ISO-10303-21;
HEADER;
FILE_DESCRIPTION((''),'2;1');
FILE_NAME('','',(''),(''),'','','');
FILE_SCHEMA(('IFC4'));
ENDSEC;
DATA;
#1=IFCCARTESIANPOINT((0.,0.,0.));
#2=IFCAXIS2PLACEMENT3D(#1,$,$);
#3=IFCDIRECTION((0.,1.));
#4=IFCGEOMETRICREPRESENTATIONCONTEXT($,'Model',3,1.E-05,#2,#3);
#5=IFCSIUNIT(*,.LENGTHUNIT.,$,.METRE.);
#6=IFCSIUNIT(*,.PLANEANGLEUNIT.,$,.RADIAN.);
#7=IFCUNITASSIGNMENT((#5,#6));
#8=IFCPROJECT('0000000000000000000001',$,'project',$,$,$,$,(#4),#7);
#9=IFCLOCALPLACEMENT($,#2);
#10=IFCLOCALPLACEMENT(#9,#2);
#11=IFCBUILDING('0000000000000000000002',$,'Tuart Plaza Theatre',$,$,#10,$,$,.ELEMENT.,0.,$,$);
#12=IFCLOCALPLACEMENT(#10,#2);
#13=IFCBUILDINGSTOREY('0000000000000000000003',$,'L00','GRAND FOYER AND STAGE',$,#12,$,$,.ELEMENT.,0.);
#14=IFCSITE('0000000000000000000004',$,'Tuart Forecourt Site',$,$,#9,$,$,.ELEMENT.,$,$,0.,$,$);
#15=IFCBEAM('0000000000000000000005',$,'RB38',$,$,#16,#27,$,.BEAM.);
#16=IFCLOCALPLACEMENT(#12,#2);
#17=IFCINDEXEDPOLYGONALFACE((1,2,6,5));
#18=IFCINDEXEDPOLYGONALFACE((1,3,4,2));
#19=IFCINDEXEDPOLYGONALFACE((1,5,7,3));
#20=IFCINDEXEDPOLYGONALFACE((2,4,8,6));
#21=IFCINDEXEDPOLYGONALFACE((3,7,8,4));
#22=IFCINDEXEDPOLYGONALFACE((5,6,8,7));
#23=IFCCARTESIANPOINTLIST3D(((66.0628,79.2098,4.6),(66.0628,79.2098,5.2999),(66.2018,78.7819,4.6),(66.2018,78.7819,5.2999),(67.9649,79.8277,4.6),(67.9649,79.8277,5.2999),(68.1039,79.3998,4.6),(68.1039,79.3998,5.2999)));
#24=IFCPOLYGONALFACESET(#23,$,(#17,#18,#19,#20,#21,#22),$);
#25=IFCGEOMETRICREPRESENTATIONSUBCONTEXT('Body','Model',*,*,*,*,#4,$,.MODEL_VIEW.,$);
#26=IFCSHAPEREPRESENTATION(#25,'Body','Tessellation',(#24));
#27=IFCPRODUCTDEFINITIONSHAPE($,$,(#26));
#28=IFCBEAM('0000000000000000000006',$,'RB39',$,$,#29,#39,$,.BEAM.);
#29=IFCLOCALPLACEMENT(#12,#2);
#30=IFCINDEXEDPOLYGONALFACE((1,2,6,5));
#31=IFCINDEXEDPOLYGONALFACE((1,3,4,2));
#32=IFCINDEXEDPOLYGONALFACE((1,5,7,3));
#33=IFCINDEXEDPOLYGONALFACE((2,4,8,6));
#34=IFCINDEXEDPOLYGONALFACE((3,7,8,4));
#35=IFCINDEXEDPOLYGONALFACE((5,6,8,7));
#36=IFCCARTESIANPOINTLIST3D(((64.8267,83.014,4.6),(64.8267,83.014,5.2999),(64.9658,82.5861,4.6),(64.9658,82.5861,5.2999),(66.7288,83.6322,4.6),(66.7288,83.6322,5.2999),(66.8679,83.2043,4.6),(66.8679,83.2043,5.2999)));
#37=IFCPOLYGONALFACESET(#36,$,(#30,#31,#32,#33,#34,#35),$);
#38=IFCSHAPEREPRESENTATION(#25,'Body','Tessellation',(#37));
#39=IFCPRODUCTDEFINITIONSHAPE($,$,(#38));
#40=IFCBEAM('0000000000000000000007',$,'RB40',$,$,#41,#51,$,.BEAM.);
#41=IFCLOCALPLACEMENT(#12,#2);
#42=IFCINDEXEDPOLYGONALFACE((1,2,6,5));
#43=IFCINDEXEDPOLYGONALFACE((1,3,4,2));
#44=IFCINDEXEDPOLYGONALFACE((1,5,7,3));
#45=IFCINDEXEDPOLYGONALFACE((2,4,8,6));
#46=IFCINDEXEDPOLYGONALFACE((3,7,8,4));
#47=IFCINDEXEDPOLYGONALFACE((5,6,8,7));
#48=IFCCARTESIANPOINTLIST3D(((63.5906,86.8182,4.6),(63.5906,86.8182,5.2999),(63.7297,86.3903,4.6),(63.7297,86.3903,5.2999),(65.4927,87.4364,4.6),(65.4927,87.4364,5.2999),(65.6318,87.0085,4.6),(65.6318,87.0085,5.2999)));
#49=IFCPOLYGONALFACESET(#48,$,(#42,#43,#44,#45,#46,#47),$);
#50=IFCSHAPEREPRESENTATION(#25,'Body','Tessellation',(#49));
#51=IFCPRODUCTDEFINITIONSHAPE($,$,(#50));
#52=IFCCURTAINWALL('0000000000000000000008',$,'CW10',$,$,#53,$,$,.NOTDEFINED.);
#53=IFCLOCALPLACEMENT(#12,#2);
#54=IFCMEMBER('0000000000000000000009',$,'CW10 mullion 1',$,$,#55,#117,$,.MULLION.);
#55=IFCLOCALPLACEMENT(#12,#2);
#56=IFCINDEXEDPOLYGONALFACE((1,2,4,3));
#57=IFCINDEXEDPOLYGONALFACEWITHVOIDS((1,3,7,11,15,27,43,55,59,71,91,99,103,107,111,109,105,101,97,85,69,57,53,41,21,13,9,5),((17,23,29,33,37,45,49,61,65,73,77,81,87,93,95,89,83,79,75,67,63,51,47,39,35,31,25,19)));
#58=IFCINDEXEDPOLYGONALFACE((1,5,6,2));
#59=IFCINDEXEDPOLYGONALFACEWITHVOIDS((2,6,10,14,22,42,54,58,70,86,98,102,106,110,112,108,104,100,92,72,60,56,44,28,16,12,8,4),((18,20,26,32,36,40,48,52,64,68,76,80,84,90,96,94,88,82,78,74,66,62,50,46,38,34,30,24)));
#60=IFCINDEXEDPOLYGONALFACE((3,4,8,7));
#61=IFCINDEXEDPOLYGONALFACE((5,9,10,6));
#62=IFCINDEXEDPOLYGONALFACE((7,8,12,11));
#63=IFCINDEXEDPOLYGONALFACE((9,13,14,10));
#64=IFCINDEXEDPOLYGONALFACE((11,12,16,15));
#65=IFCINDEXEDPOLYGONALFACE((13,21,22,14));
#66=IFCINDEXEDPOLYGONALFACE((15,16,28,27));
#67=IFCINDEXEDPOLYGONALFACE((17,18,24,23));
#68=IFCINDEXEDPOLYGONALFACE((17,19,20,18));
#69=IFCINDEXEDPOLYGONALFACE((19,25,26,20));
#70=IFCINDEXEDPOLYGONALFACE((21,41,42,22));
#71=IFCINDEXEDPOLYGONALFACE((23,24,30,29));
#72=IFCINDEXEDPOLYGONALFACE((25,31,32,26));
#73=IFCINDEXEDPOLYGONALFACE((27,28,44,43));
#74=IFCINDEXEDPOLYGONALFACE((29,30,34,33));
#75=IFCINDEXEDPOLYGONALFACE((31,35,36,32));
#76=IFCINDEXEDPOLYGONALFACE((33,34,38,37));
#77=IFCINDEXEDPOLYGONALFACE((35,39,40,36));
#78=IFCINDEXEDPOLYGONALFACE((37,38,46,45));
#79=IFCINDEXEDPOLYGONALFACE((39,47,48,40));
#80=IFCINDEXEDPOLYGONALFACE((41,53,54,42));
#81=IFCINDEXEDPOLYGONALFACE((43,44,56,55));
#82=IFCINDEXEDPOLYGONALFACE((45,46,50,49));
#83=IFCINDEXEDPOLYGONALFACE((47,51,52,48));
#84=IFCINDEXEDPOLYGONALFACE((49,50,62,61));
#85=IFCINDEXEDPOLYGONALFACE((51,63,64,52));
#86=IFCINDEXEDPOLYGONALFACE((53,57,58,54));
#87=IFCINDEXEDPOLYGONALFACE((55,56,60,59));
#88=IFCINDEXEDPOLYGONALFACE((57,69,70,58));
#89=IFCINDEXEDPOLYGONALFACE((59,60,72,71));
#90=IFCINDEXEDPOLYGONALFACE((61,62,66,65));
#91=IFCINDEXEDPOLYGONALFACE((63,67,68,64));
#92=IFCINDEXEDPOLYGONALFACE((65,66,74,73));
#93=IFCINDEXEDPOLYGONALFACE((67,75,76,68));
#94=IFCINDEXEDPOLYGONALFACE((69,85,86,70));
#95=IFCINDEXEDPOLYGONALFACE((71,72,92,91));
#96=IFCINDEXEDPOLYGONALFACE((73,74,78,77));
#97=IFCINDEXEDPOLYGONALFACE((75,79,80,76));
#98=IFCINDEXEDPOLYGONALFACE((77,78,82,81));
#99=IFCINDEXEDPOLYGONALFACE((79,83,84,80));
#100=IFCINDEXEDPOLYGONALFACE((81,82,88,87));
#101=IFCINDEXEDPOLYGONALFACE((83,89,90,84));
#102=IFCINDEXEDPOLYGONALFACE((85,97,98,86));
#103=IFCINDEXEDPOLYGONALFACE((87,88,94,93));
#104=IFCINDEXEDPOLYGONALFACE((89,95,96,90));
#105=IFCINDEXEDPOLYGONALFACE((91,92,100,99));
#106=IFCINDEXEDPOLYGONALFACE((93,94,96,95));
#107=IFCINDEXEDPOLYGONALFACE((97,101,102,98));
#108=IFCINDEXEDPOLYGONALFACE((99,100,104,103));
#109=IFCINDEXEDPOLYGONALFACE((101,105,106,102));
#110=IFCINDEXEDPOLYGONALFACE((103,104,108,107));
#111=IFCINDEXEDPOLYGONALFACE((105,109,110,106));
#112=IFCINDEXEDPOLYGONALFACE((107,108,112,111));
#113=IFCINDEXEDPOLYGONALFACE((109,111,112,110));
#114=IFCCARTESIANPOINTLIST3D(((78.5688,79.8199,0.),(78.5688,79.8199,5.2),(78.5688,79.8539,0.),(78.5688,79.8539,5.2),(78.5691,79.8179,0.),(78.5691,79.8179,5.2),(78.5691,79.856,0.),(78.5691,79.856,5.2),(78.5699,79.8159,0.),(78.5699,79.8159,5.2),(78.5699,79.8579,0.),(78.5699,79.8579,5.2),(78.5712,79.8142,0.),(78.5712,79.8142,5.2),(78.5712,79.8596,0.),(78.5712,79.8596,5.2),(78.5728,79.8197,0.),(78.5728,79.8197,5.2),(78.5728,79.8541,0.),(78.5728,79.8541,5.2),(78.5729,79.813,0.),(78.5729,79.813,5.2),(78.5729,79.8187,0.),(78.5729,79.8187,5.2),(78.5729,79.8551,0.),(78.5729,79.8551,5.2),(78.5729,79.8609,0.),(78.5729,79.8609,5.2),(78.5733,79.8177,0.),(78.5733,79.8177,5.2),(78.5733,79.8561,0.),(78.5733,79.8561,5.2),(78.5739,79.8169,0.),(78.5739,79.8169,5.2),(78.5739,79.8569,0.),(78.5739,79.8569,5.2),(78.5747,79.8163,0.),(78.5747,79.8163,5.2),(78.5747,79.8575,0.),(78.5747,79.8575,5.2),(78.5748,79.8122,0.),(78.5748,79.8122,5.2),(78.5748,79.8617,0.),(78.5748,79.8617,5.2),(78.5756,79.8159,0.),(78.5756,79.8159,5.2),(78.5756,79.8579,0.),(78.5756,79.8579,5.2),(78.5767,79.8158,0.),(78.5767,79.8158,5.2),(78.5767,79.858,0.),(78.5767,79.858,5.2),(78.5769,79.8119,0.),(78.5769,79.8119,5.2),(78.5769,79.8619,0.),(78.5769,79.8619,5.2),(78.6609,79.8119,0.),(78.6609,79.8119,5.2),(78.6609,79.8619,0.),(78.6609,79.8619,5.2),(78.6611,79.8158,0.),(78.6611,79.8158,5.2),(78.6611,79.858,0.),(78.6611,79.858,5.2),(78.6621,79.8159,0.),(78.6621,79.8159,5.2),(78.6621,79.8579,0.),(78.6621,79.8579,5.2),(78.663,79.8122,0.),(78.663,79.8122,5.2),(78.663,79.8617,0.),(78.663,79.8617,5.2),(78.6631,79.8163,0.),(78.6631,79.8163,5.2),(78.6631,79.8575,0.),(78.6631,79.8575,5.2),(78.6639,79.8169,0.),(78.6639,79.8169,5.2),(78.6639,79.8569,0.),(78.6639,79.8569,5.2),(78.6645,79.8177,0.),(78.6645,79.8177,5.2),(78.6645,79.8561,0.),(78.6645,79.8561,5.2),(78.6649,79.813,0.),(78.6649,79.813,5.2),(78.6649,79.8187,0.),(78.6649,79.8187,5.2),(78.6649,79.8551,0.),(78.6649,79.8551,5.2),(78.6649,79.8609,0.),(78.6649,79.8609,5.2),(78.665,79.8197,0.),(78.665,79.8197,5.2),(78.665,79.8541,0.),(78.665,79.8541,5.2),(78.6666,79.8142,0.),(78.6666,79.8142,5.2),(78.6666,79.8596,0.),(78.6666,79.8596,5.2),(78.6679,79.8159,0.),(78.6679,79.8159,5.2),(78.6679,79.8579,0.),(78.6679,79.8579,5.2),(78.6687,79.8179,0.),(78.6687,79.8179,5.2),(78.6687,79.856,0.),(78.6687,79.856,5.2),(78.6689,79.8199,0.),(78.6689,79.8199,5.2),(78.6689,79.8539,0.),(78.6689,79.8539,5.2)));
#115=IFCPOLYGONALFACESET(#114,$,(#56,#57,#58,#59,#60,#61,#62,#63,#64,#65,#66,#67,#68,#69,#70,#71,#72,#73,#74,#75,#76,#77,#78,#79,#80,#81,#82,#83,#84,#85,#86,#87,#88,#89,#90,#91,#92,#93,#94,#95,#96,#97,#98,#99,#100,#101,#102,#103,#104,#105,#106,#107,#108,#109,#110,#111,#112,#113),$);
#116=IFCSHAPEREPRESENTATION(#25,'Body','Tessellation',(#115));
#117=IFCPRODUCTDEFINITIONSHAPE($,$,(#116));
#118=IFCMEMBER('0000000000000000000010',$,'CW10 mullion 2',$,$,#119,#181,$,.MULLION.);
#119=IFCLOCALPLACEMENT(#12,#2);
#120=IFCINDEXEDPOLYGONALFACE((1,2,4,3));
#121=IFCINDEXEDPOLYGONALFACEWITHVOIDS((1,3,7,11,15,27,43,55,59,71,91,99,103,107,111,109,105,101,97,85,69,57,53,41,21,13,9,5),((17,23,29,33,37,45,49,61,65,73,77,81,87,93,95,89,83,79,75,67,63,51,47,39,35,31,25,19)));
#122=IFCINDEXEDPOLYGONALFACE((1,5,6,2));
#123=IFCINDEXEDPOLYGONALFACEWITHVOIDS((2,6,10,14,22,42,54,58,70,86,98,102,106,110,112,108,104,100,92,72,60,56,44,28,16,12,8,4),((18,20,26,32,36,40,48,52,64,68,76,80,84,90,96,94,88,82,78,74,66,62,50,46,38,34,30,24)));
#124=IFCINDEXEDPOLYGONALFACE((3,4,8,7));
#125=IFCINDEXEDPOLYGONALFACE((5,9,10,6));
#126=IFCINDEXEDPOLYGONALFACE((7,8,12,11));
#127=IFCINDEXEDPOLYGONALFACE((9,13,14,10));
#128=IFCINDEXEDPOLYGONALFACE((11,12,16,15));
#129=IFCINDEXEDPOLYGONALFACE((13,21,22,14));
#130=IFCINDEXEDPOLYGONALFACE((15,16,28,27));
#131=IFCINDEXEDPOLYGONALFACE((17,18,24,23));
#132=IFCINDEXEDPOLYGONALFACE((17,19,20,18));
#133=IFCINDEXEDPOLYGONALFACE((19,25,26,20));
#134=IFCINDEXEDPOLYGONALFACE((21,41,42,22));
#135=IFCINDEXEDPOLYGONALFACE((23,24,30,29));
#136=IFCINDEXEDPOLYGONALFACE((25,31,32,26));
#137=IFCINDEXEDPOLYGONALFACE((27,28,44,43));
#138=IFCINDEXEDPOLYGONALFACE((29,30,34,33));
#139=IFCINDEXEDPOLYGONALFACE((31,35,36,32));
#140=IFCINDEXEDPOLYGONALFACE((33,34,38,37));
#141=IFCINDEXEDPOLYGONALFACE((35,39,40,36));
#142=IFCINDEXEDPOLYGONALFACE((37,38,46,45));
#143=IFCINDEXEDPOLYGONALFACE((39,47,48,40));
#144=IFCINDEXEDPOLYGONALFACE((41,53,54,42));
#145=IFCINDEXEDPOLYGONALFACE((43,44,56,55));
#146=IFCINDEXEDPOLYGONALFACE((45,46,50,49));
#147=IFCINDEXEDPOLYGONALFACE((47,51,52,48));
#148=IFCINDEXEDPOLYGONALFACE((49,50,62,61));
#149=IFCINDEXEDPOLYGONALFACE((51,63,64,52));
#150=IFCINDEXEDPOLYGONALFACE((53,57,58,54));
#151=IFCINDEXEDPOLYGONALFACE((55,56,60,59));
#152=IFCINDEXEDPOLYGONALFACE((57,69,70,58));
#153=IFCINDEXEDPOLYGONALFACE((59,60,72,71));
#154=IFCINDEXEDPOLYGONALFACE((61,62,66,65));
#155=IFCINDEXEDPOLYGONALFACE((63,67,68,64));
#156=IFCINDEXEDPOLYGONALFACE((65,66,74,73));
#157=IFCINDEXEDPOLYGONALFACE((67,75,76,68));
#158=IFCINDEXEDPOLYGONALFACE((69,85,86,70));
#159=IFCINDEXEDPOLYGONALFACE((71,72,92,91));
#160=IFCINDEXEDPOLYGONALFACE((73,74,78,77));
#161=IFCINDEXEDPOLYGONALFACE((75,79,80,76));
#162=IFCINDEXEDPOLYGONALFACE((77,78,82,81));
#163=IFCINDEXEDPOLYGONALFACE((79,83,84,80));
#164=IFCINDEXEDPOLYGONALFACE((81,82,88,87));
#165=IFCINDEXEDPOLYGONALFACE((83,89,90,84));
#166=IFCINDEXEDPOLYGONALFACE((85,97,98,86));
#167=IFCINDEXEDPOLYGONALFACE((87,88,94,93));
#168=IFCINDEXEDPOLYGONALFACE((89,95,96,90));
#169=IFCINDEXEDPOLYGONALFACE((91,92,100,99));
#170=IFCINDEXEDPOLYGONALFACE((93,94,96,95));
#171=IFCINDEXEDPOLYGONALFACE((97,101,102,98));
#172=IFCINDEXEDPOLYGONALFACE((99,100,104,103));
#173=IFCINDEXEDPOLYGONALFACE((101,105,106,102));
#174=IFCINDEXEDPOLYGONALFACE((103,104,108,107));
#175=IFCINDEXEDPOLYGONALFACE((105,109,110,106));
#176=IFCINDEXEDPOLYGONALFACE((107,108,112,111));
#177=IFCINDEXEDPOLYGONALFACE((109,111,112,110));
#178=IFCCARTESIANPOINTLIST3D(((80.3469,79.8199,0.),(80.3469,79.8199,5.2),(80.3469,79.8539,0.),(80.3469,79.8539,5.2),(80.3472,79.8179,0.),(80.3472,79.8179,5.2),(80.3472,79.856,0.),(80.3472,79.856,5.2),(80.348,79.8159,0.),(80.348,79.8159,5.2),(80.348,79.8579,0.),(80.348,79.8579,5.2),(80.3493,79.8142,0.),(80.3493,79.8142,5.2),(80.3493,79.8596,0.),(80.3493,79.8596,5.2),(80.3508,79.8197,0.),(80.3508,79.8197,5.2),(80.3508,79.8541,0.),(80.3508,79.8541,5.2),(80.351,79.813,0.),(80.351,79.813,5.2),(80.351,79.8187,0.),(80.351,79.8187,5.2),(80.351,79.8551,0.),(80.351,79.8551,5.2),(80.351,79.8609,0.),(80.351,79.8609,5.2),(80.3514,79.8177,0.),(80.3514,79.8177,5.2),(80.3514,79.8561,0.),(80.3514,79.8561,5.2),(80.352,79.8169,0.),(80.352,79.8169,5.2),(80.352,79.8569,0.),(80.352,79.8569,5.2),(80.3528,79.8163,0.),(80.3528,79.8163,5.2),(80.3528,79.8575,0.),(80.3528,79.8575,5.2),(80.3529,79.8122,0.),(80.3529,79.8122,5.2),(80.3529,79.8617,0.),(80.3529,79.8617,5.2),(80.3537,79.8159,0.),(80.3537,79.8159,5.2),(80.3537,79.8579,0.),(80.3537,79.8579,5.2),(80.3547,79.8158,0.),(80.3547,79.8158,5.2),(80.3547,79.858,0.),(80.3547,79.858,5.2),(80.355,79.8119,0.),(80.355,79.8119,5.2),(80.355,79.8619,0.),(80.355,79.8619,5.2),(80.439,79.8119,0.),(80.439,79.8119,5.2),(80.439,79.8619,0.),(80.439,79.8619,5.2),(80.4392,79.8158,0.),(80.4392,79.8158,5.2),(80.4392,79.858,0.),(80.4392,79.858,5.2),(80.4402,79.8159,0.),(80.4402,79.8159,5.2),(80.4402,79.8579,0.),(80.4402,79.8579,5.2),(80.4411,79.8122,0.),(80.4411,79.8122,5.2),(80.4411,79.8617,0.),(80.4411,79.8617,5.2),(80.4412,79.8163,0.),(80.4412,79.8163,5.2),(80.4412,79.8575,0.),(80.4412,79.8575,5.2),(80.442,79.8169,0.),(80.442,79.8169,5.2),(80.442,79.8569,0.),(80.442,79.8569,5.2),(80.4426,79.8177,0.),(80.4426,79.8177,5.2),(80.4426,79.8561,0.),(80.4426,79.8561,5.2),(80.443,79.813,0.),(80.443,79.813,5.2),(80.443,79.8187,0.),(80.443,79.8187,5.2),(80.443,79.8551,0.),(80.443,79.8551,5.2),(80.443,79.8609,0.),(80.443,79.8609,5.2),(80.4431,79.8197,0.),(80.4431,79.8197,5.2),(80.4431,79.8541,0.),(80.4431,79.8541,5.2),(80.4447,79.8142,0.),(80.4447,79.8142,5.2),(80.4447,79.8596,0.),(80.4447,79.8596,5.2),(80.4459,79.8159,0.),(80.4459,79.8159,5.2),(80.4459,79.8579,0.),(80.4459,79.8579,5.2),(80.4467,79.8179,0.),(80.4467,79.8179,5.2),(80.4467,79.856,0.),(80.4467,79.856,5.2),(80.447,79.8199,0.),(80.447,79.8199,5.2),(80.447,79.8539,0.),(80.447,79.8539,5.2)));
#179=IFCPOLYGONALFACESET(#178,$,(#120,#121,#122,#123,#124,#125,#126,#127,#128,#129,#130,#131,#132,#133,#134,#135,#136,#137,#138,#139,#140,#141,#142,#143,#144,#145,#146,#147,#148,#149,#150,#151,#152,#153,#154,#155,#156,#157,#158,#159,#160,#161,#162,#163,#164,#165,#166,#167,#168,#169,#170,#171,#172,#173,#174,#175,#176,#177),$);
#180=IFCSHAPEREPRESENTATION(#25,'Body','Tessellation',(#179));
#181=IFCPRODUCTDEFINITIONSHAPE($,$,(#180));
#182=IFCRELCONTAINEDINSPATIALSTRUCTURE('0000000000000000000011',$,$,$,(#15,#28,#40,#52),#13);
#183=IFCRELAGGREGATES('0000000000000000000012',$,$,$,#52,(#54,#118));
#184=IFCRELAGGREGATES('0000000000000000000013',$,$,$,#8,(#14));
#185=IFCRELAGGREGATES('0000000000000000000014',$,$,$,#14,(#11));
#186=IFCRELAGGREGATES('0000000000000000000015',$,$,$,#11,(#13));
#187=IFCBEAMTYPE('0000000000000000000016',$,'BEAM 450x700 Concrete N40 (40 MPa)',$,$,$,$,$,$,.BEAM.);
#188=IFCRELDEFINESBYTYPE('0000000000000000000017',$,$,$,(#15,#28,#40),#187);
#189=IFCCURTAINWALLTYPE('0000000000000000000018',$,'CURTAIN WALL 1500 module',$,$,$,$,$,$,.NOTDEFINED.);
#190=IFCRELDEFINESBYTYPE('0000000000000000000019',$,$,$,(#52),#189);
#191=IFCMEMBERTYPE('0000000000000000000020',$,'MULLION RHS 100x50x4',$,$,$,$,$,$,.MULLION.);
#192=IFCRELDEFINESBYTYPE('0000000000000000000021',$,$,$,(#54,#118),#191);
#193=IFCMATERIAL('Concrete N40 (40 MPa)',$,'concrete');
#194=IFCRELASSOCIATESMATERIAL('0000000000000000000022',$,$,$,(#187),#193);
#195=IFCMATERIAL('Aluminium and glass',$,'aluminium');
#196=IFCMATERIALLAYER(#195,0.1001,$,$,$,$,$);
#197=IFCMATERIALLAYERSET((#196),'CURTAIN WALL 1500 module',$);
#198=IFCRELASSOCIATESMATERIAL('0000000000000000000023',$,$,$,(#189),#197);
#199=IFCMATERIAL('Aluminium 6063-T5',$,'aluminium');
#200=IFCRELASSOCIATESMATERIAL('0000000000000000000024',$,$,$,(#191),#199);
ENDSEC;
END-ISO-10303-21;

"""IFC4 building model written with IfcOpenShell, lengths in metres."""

from ifc_helpers import new_model, si_unit, direction, frame, origin, origin_2d, place, context, subcontext, project, spatial, rectangle, hollow_rectangle, extrude, material, layer, layer_set, material_profile, profile_set, type_object, element, aggregate, save


model = new_model("IFC4")

# Units and contexts
model_context = context("Model", 3, precision=1e-05, world=origin(), true_north=direction((0.0, 1.0)))
body_context = subcontext(model_context, "Body", "Model", "MODEL_VIEW")
ifc_project = project(units=[si_unit("LENGTHUNIT", "METRE"), si_unit("PLANEANGLEUNIT", "RADIAN")], contexts=[model_context])

# Site, building, storey
site_placement = place(None, origin())
site = spatial("IfcSite", under=ifc_project, at=site_placement, Name="Tuart Forecourt Site", CompositionType="ELEMENT", RefElevation=0.0)
building_placement = place(site_placement, origin())
building = spatial("IfcBuilding", under=site, at=building_placement, Name="Tuart Plaza Theatre", CompositionType="ELEMENT", ElevationOfRefHeight=0.0)
storey_placement = place(building_placement, origin())
storey = spatial("IfcBuildingStorey", under=building, at=storey_placement, Name="L00", Description="GRAND FOYER AND STAGE", CompositionType="ELEMENT", Elevation=0.0)

# Beams
ifc_material_1 = material(Name="Concrete N40 (40 MPa)", Category="concrete")
ifc_material_profile_1 = material_profile(ifc_material_1, rectangle(XDim=0.45, YDim=0.7, at=origin_2d()), Name="BEAM 450x700 Concrete N40 (40 MPa)")
ifc_profile_set_1 = profile_set([ifc_material_profile_1], Name="Concrete N40 (40 MPa)")
beam_type = type_object("IfcBeamType", Name="BEAM 450x700 Concrete N40 (40 MPa)", PredefinedType="BEAM", material=ifc_profile_set_1)
for number, where, z_axis, x_axis, name in (
    (1, (68.0344, 79.6138, 4.95), (-0.951073, -0.308967, 0.0), (0.308967, -0.951073, 0.0), "RB38"),
    (2, (66.7983, 83.4182, 4.95), (-0.951037, -0.309078, 0.0), (0.309078, -0.951037, 0.0), "RB39"),
    (3, (65.5623, 87.2224, 4.95), (-0.951037, -0.309078, 0.0), (0.309078, -0.951037, 0.0), "RB40"),
):
    element("IfcBeam", number, at=place(storey_placement, frame(where, z_axis=z_axis, x_axis=x_axis)), inside=storey, type_object=beam_type, Name=name, PredefinedType="BEAM", context=body_context, shape_type="SweptSolid", body=[
        extrude(rectangle(XDim=0.45, YDim=0.7, at=origin_2d()), origin(), (0.0, 0.0, 1.0), 2.0),
    ])

# Curtain wall, members
ifc_material_2 = material(Name="Aluminium and glass", Category="aluminium")
ifc_layer_1 = layer(ifc_material_2, 0.1001)
ifc_layer_set_1 = layer_set([ifc_layer_1], Name="CURTAIN WALL 1500 module")
curtain_wall_type = type_object("IfcCurtainWallType", Name="CURTAIN WALL 1500 module", PredefinedType="NOTDEFINED", material=ifc_layer_set_1)
curtain_wall_placement = place(storey_placement, origin())
curtain_wall = element("IfcCurtainWall", 4, at=curtain_wall_placement, inside=storey, type_object=curtain_wall_type, Name="CW10", PredefinedType="NOTDEFINED")
ifc_material_3 = material(Name="Aluminium 6063-T5", Category="aluminium")
ifc_material_profile_2 = material_profile(ifc_material_3, hollow_rectangle(XDim=0.05, YDim=0.1001, WallThickness=0.0039, InnerFilletRadius=0.0039, OuterFilletRadius=0.0081, at=origin_2d()), Name="RHS 100x50x4")
ifc_profile_set_2 = profile_set([ifc_material_profile_2], Name="Aluminium 6063-T5")
member_type_1 = type_object("IfcMemberType", Name="MULLION RHS 100x50x4", PredefinedType="MULLION", material=ifc_profile_set_2)
member_1_placement = place(storey_placement, frame((78.6189, 79.8369, 0.0), z_axis=(0.0, 0.0, 1.0), x_axis=(0.0, 1.0, 0.0)))
member_1 = element("IfcMember", 5, at=member_1_placement, type_object=member_type_1, Name="CW10 mullion 1", PredefinedType="MULLION", context=body_context, shape_type="SweptSolid", body=[
    extrude(hollow_rectangle(XDim=0.05, YDim=0.1001, WallThickness=0.0039, InnerFilletRadius=0.0039, OuterFilletRadius=0.0081, at=origin_2d()), origin(), (0.0, 0.0, 1.0), 5.2),
])
member_2_placement = place(storey_placement, frame((80.397, 79.8369, 0.0), z_axis=(0.0, 0.0, 1.0), x_axis=(0.0, 1.0, 0.0)))
member_2 = element("IfcMember", 6, at=member_2_placement, type_object=member_type_1, Name="CW10 mullion 2", PredefinedType="MULLION", context=body_context, shape_type="SweptSolid", body=[
    extrude(hollow_rectangle(XDim=0.05, YDim=0.1001, WallThickness=0.0039, InnerFilletRadius=0.0039, OuterFilletRadius=0.0081, at=origin_2d()), origin(), (0.0, 0.0, 1.0), 5.2),
])
aggregate(curtain_wall, [member_1, member_2])

save(model, "model.ifc")
